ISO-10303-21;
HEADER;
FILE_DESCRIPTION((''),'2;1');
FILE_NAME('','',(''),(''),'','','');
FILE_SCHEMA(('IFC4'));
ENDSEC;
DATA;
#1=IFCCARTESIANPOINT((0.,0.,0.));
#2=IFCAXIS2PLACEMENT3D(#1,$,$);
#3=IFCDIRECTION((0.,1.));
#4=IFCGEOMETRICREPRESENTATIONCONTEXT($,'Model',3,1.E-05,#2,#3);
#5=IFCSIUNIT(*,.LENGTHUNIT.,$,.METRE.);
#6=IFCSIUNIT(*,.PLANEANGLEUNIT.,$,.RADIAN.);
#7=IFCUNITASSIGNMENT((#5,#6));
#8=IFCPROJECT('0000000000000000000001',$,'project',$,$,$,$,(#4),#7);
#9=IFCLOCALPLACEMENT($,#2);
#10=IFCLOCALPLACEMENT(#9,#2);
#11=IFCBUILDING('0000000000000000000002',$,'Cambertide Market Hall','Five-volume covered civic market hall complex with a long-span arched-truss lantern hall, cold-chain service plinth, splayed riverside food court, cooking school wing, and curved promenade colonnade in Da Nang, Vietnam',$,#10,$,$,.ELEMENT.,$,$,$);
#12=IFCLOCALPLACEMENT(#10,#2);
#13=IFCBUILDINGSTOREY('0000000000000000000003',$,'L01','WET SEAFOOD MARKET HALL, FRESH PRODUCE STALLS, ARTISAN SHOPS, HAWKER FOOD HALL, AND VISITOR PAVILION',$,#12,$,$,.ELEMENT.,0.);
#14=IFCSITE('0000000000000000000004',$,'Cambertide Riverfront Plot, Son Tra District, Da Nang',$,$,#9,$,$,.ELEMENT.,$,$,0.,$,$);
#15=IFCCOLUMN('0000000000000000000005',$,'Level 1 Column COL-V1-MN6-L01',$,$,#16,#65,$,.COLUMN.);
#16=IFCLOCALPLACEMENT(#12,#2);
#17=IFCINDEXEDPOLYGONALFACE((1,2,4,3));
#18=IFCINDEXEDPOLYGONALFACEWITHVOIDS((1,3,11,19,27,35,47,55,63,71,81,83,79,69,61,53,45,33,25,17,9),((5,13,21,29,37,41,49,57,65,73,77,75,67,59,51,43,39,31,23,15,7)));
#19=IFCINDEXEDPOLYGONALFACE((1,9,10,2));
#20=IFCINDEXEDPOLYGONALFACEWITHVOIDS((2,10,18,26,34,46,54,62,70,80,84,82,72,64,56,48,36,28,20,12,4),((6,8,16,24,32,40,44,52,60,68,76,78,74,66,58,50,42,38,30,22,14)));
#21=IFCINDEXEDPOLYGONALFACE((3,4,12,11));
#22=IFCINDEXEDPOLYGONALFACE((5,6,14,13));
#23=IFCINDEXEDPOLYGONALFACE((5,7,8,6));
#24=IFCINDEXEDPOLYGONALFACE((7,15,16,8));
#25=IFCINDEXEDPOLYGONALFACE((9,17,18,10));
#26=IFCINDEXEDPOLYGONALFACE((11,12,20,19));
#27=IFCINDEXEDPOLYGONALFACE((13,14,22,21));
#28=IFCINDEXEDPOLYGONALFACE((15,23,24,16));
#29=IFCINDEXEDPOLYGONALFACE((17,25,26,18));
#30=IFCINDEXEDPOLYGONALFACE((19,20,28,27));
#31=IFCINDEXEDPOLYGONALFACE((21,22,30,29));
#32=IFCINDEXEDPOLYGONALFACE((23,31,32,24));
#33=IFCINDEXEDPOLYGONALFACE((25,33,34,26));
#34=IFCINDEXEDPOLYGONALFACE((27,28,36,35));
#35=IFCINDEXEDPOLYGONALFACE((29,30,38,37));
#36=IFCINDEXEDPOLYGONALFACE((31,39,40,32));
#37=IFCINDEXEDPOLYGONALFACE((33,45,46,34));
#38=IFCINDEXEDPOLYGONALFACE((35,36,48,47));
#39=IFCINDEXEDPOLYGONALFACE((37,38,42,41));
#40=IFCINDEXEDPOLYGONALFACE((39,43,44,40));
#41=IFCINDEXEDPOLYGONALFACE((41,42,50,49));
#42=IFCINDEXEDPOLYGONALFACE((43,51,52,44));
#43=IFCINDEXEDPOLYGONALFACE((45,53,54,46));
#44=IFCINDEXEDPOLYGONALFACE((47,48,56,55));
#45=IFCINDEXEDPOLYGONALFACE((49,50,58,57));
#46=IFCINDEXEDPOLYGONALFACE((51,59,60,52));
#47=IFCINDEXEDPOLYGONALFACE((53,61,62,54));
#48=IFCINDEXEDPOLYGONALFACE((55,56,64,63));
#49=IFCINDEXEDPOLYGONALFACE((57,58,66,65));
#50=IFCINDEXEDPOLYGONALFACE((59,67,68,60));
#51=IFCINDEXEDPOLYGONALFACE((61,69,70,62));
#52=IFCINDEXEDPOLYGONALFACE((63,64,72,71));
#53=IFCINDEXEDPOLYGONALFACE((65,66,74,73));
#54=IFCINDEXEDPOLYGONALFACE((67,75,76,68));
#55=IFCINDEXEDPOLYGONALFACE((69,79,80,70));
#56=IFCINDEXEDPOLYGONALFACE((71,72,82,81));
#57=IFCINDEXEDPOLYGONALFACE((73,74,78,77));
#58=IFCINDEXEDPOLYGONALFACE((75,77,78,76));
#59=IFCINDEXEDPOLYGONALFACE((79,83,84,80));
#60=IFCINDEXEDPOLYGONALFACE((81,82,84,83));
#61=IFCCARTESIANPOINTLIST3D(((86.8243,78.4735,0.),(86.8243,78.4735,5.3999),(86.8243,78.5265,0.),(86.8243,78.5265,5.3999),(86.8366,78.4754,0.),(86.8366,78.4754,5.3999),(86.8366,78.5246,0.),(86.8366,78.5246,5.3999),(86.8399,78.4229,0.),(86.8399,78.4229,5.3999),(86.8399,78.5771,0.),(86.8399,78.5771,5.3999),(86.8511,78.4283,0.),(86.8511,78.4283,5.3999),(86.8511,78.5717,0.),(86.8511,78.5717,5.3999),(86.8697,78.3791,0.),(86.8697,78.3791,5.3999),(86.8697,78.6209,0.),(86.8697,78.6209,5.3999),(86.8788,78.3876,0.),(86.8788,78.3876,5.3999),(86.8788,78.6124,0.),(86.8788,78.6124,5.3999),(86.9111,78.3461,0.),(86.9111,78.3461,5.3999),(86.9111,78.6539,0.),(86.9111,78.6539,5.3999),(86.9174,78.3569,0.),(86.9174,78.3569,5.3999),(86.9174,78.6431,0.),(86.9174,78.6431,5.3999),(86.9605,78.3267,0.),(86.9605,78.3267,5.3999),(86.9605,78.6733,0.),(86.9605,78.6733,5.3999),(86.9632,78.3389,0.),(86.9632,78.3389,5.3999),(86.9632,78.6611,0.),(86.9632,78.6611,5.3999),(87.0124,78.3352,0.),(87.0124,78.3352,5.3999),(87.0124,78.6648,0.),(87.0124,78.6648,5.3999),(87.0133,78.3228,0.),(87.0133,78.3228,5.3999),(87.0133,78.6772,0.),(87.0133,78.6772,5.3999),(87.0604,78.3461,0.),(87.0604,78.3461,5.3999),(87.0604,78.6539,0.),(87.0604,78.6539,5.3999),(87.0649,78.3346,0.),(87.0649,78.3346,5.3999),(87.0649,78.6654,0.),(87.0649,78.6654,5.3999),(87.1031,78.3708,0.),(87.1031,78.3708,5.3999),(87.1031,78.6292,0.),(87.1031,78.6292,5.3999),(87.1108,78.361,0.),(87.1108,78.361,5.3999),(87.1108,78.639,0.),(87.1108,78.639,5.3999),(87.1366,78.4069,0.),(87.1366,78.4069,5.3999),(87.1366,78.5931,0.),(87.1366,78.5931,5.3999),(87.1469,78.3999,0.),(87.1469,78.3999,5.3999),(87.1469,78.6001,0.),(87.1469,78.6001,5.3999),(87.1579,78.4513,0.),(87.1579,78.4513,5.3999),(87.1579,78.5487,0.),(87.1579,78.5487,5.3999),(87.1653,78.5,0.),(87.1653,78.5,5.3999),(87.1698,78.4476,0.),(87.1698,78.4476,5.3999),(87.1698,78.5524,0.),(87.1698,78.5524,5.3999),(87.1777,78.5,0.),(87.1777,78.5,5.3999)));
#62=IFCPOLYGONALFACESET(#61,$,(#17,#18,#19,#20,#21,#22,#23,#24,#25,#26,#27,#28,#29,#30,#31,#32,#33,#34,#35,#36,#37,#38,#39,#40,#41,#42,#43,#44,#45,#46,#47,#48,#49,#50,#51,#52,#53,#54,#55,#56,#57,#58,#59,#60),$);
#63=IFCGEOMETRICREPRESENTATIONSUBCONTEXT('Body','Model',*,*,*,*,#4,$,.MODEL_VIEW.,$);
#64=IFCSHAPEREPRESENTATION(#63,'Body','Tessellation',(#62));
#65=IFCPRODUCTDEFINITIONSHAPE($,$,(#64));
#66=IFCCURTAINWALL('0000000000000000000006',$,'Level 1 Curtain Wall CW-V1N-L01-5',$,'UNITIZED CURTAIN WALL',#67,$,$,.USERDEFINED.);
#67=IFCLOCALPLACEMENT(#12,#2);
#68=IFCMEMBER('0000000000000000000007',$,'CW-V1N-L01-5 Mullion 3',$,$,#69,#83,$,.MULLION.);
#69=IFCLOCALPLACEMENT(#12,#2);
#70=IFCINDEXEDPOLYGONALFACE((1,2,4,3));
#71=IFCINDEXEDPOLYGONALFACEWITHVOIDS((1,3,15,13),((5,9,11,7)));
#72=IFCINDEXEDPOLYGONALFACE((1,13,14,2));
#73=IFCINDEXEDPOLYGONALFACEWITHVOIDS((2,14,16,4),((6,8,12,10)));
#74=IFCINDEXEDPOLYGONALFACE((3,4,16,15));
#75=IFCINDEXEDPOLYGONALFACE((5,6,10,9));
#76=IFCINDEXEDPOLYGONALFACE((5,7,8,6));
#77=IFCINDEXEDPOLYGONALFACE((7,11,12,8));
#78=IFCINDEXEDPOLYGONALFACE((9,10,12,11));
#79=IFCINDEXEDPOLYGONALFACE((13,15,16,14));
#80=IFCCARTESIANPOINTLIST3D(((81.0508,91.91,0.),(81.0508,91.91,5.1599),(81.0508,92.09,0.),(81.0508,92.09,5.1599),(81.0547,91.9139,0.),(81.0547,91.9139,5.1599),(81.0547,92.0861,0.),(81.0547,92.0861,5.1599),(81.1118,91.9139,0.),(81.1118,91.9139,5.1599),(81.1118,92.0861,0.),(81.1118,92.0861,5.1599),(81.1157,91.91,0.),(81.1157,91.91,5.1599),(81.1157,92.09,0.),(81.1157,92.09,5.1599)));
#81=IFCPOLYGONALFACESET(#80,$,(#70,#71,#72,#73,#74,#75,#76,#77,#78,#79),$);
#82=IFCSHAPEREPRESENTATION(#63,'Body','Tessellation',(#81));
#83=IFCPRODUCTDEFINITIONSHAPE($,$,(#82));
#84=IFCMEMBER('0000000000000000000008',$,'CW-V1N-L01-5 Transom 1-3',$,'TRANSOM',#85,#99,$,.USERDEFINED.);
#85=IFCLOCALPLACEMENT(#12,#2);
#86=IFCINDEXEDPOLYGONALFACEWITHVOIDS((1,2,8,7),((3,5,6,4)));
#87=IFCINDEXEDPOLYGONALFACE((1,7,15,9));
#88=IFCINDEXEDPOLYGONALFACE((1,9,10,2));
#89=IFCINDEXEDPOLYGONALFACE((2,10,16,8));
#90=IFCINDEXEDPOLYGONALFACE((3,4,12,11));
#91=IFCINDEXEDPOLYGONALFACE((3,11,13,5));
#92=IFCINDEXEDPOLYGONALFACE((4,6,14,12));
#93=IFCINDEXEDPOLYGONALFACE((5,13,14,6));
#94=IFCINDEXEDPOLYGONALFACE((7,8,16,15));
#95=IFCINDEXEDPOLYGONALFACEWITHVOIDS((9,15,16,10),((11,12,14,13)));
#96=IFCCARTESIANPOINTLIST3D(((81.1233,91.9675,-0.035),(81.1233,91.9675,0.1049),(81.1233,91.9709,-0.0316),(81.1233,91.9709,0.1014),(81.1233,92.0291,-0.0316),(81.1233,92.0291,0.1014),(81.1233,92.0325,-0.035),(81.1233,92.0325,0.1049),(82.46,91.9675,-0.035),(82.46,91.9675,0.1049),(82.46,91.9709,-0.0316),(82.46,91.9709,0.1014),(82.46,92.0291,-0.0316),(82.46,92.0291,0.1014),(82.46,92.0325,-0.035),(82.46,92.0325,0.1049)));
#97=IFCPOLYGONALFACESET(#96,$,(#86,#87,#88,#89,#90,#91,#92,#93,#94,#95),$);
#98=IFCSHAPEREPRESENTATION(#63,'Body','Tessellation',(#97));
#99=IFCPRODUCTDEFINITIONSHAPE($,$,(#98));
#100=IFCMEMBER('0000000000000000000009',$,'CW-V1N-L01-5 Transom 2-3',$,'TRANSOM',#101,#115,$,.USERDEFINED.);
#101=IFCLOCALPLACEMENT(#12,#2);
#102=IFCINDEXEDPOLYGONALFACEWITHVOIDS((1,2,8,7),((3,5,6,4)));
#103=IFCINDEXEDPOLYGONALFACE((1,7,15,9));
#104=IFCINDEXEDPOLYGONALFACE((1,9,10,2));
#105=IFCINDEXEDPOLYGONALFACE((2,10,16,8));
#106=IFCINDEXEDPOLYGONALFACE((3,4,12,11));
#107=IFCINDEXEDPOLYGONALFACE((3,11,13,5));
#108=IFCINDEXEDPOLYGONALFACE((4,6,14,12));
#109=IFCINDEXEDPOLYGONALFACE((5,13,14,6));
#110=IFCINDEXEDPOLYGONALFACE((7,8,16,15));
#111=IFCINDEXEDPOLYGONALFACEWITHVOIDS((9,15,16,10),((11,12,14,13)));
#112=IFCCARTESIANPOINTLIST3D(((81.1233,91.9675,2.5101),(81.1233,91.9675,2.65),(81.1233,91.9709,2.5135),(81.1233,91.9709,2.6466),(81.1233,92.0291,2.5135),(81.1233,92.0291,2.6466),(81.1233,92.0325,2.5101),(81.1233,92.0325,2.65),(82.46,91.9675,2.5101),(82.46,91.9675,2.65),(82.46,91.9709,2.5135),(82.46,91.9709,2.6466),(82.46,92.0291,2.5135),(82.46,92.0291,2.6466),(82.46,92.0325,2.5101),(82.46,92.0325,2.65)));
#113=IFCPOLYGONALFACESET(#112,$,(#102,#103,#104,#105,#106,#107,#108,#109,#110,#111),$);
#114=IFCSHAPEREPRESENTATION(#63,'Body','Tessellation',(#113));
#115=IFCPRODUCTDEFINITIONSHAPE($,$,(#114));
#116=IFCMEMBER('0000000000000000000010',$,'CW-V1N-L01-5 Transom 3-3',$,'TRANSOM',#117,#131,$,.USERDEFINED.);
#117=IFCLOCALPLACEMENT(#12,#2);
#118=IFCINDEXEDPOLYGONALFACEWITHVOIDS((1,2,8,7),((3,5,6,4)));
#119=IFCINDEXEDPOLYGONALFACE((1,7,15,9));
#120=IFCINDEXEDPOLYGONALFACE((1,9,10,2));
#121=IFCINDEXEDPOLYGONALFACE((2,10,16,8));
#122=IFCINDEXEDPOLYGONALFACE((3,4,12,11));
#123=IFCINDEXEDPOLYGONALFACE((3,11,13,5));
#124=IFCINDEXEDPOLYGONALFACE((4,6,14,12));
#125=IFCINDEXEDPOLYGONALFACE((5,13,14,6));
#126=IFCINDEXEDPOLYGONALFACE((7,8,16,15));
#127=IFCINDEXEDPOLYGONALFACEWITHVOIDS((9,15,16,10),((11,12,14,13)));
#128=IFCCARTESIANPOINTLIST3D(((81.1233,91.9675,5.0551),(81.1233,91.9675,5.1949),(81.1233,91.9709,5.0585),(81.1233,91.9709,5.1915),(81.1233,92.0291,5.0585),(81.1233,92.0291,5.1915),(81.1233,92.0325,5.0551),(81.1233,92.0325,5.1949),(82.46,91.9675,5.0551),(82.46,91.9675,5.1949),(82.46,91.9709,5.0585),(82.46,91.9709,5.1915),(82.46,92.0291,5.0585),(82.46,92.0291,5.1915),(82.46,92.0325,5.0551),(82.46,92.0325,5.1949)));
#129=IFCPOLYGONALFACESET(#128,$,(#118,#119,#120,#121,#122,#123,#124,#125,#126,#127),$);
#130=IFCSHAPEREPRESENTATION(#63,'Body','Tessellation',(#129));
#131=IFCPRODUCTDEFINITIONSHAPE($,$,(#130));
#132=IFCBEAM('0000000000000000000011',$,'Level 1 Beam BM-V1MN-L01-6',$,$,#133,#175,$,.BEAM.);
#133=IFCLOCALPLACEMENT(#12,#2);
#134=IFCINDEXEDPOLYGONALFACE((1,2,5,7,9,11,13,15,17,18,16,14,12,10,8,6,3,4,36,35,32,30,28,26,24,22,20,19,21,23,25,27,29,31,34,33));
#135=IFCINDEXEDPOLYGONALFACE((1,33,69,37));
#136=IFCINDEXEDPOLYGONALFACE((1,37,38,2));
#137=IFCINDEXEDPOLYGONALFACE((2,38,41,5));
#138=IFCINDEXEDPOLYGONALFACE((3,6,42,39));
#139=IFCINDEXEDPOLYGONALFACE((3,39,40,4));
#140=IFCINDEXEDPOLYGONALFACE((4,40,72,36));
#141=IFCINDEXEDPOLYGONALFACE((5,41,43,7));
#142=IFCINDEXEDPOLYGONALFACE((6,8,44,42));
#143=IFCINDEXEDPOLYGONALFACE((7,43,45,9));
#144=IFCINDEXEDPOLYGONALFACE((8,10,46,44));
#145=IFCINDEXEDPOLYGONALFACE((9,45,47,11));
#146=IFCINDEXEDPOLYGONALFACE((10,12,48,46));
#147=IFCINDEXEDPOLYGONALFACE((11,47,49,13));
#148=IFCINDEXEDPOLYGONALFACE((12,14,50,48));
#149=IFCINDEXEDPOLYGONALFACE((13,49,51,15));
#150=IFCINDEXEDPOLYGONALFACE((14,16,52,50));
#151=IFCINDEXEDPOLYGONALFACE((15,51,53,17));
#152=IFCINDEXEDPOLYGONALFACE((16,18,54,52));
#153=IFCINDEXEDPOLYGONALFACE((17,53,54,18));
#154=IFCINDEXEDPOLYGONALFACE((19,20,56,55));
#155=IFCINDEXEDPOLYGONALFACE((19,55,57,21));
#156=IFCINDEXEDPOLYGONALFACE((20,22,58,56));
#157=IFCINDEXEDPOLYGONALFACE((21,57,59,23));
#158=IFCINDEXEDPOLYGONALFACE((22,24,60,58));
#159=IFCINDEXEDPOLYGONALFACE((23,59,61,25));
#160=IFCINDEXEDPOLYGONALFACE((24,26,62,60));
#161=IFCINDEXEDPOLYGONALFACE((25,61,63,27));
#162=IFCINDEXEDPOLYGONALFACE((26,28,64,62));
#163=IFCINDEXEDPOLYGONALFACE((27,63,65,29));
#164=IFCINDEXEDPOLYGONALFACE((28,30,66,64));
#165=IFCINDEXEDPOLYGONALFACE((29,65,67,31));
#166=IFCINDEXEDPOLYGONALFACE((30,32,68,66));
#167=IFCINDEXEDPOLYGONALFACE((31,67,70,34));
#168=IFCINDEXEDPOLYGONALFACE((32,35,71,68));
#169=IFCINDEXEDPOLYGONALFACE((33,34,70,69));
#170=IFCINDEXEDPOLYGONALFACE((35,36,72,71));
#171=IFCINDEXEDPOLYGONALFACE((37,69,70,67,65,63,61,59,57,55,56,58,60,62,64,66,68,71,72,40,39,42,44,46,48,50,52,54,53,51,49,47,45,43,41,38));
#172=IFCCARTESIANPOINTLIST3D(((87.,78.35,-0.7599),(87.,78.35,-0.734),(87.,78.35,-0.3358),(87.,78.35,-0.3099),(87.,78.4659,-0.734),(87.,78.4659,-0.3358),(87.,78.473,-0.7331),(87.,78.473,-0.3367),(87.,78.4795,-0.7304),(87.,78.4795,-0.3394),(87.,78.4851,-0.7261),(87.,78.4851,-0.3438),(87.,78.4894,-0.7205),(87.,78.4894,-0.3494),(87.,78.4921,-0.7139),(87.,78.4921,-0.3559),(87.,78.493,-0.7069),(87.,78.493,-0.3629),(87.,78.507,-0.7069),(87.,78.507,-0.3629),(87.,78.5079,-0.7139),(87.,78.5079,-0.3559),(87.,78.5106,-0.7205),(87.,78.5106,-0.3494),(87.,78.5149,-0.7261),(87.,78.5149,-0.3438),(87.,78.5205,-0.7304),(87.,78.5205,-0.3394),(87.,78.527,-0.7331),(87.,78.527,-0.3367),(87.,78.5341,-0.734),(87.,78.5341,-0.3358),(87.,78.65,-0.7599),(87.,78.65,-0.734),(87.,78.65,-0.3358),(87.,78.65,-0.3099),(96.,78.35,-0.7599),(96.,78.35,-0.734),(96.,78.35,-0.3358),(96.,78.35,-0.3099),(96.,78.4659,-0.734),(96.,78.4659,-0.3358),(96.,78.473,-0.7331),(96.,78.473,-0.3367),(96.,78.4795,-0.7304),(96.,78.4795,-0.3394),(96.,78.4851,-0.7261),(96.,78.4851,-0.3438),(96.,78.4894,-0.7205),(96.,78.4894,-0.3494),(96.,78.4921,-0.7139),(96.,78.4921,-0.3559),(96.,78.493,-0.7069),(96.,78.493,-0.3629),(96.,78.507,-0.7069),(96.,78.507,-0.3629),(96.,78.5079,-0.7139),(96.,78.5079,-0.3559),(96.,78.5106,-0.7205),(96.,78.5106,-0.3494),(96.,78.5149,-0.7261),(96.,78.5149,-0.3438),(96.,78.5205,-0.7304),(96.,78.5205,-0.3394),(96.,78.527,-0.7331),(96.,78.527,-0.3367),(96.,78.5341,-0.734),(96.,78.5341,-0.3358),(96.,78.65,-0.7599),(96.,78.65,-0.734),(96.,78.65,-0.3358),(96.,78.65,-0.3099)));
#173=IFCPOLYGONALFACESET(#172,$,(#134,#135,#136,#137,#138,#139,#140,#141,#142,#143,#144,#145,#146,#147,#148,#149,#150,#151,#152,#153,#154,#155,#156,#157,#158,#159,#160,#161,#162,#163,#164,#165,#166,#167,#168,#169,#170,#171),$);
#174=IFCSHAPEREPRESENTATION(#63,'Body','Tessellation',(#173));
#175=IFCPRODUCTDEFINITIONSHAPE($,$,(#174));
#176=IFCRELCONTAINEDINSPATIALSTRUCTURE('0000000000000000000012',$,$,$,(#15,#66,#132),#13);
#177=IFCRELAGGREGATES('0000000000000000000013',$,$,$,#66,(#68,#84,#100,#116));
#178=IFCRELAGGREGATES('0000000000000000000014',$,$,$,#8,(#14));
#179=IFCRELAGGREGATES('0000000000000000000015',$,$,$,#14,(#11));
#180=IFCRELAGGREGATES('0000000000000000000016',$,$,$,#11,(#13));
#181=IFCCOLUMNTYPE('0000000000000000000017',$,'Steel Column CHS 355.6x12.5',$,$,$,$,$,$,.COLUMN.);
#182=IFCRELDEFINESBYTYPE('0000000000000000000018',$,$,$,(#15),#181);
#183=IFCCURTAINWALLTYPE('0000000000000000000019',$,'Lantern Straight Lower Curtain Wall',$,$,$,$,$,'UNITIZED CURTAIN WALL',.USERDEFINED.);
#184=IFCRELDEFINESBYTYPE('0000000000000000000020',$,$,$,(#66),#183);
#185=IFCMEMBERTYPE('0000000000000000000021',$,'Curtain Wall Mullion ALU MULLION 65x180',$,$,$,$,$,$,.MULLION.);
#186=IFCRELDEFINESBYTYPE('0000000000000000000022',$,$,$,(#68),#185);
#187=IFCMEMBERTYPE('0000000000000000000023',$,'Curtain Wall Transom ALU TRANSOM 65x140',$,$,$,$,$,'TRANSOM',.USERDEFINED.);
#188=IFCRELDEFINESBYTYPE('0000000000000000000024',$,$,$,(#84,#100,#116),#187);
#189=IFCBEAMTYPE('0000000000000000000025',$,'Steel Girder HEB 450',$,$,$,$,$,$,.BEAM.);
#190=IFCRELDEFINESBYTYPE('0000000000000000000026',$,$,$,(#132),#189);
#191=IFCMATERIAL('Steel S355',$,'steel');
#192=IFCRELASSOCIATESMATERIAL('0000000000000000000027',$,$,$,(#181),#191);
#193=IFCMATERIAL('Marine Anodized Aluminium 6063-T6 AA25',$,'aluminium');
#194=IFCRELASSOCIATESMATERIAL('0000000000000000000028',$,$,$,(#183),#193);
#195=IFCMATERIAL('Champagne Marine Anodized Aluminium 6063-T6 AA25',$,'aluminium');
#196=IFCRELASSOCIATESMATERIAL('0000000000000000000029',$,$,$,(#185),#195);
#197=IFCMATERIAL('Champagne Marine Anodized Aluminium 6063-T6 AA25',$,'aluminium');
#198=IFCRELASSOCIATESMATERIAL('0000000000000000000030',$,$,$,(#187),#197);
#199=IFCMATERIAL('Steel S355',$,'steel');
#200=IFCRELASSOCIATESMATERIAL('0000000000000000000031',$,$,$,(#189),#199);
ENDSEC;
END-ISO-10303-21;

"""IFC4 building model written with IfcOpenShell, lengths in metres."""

from ifc_helpers import new_model, si_unit, direction, frame, origin, origin_2d, place, context, subcontext, project, spatial, hollow_rectangle, hollow_circle, i_section, extrude, material, material_profile, profile_set, type_object, element, aggregate, save


model = new_model("IFC4")

# Units and contexts
model_context = context("Model", 3, precision=1e-05, world=origin(), true_north=direction((0.0, 1.0)))
body_context = subcontext(model_context, "Body", "Model", "MODEL_VIEW")
ifc_project = project(units=[si_unit("LENGTHUNIT", "METRE"), si_unit("PLANEANGLEUNIT", "RADIAN")], contexts=[model_context])

# Site, building, storey
site_placement = place(None, origin())
site = spatial("IfcSite", under=ifc_project, at=site_placement, Name="Cambertide Riverfront Plot, Son Tra District, Da Nang", CompositionType="ELEMENT", RefElevation=0.0)
building_placement = place(site_placement, origin())
building = spatial("IfcBuilding", under=site, at=building_placement, Name="Cambertide Market Hall", Description="Five-volume covered civic market hall complex with a long-span arched-truss lantern hall, cold-chain service plinth, splayed riverside food court, cooking school wing, and curved promenade colonnade in Da Nang, Vietnam", CompositionType="ELEMENT")
storey_placement = place(building_placement, origin())
storey = spatial("IfcBuildingStorey", under=building, at=storey_placement, Name="L01", Description="WET SEAFOOD MARKET HALL, FRESH PRODUCE STALLS, ARTISAN SHOPS, HAWKER FOOD HALL, AND VISITOR PAVILION", CompositionType="ELEMENT", Elevation=0.0)

# Column
ifc_material_1 = material(Name="Steel S355", Category="steel")
ifc_material_profile_1 = material_profile(ifc_material_1, hollow_circle(Radius=0.1777, WallThickness=0.0125, at=origin_2d()), Name="CHS 355.6x12.5")
ifc_profile_set_1 = profile_set([ifc_material_profile_1], Name="Steel S355")
column_type = type_object("IfcColumnType", Name="Steel Column CHS 355.6x12.5", PredefinedType="COLUMN", material=ifc_profile_set_1)
column_placement = place(storey_placement, frame((87.0, 78.5, 0.0), z_axis=(0.0, 0.0, 1.0), x_axis=(1.0, 0.0, 0.0)))
element("IfcColumn", 1, at=column_placement, inside=storey, type_object=column_type, Name="Level 1 Column COL-V1-MN6-L01", PredefinedType="COLUMN", context=body_context, shape_type="SweptSolid", body=[
    extrude(hollow_circle(Radius=0.1777, WallThickness=0.0125, at=origin_2d()), origin(), (0.0, 0.0, 1.0), 5.3999),
])

# Curtain wall, members
ifc_material_2 = material(Name="Marine Anodized Aluminium 6063-T6 AA25", Category="aluminium")
curtain_wall_type = type_object("IfcCurtainWallType", Name="Lantern Straight Lower Curtain Wall", ElementType="UNITIZED CURTAIN WALL", PredefinedType="USERDEFINED", material=ifc_material_2)
curtain_wall_placement = place(storey_placement, origin())
curtain_wall = element("IfcCurtainWall", 2, at=curtain_wall_placement, inside=storey, type_object=curtain_wall_type, Name="Level 1 Curtain Wall CW-V1N-L01-5", ObjectType="UNITIZED CURTAIN WALL", PredefinedType="USERDEFINED")
ifc_material_3 = material(Name="Champagne Marine Anodized Aluminium 6063-T6 AA25", Category="aluminium")
ifc_material_profile_2 = material_profile(ifc_material_3, hollow_rectangle(XDim=0.0649, YDim=0.1799, WallThickness=0.0039, at=origin_2d()), Name="ALU MULLION 65x180")
ifc_profile_set_2 = profile_set([ifc_material_profile_2], Name="Champagne Marine Anodized Aluminium 6063-T6 AA25")
member_type_1 = type_object("IfcMemberType", Name="Curtain Wall Mullion ALU MULLION 65x180", PredefinedType="MULLION", material=ifc_profile_set_2)
member_1_placement = place(storey_placement, frame((81.0833, 92.0, 0.0), z_axis=(0.0, 0.0, 1.0), x_axis=(1.0, 0.0, 0.0)))
member_1 = element("IfcMember", 3, at=member_1_placement, type_object=member_type_1, Name="CW-V1N-L01-5 Mullion 3", PredefinedType="MULLION", context=body_context, shape_type="SweptSolid", body=[
    extrude(hollow_rectangle(XDim=0.0649, YDim=0.1799, WallThickness=0.0039, at=origin_2d()), origin(), (0.0, 0.0, 1.0), 5.1599),
])
ifc_material_4 = material(Name="Champagne Marine Anodized Aluminium 6063-T6 AA25", Category="aluminium")
ifc_material_profile_3 = material_profile(ifc_material_4, hollow_rectangle(XDim=0.0649, YDim=0.1399, WallThickness=0.0034, at=origin_2d()), Name="ALU TRANSOM 65x140")
ifc_profile_set_3 = profile_set([ifc_material_profile_3], Name="Champagne Marine Anodized Aluminium 6063-T6 AA25")
member_type_2 = type_object("IfcMemberType", Name="Curtain Wall Transom ALU TRANSOM 65x140", ElementType="TRANSOM", PredefinedType="USERDEFINED", material=ifc_profile_set_3)
member_2_placement = place(storey_placement, frame((81.1233, 92.0, 0.0349), z_axis=(1.0, 0.0, 0.0), x_axis=(0.0, 1.0, 0.0)))
member_2 = element("IfcMember", 4, at=member_2_placement, type_object=member_type_2, Name="CW-V1N-L01-5 Transom 1-3", ObjectType="TRANSOM", PredefinedType="USERDEFINED", context=body_context, shape_type="SweptSolid", body=[
    extrude(hollow_rectangle(XDim=0.0649, YDim=0.1399, WallThickness=0.0034, at=origin_2d()), origin(), (0.0, 0.0, 1.0), 1.3367),
])
member_3_placement = place(storey_placement, frame((81.1233, 92.0, 2.5801), z_axis=(1.0, 0.0, 0.0), x_axis=(0.0, 1.0, 0.0)))
member_3 = element("IfcMember", 5, at=member_3_placement, type_object=member_type_2, Name="CW-V1N-L01-5 Transom 2-3", ObjectType="TRANSOM", PredefinedType="USERDEFINED", context=body_context, shape_type="SweptSolid", body=[
    extrude(hollow_rectangle(XDim=0.0649, YDim=0.1399, WallThickness=0.0034, at=origin_2d()), origin(), (0.0, 0.0, 1.0), 1.3367),
])
member_4_placement = place(storey_placement, frame((81.1233, 92.0, 5.125), z_axis=(1.0, 0.0, 0.0), x_axis=(0.0, 1.0, 0.0)))
member_4 = element("IfcMember", 6, at=member_4_placement, type_object=member_type_2, Name="CW-V1N-L01-5 Transom 3-3", ObjectType="TRANSOM", PredefinedType="USERDEFINED", context=body_context, shape_type="SweptSolid", body=[
    extrude(hollow_rectangle(XDim=0.0649, YDim=0.1399, WallThickness=0.0034, at=origin_2d()), origin(), (0.0, 0.0, 1.0), 1.3367),
])

# Beam
ifc_material_5 = material(Name="Steel S355", Category="steel")
ifc_material_profile_4 = material_profile(ifc_material_5, i_section(OverallWidth=0.3, OverallDepth=0.45, WebThickness=0.0139, FlangeThickness=0.0259, FilletRadius=0.0271, at=origin_2d()), Name="HEB 450")
ifc_profile_set_4 = profile_set([ifc_material_profile_4], Name="Steel S355")
beam_type_1 = type_object("IfcBeamType", Name="Steel Girder HEB 450", PredefinedType="BEAM", material=ifc_profile_set_4)
beam_1_placement = place(storey_placement, frame((87.0, 78.5, -0.5349), z_axis=(1.0, 0.0, 0.0), x_axis=(0.0, 1.0, 0.0)))
element("IfcBeam", 7, at=beam_1_placement, inside=storey, type_object=beam_type_1, Name="Level 1 Beam BM-V1MN-L01-6", PredefinedType="BEAM", context=body_context, shape_type="SweptSolid", body=[
    extrude(i_section(OverallWidth=0.3, OverallDepth=0.45, WebThickness=0.0139, FlangeThickness=0.0259, FilletRadius=0.0271, at=origin_2d()), origin(), (0.0, 0.0, 1.0), 9.0),
])

aggregate(curtain_wall, [member_1, member_2, member_3, member_4])

save(model, "model.ifc")
